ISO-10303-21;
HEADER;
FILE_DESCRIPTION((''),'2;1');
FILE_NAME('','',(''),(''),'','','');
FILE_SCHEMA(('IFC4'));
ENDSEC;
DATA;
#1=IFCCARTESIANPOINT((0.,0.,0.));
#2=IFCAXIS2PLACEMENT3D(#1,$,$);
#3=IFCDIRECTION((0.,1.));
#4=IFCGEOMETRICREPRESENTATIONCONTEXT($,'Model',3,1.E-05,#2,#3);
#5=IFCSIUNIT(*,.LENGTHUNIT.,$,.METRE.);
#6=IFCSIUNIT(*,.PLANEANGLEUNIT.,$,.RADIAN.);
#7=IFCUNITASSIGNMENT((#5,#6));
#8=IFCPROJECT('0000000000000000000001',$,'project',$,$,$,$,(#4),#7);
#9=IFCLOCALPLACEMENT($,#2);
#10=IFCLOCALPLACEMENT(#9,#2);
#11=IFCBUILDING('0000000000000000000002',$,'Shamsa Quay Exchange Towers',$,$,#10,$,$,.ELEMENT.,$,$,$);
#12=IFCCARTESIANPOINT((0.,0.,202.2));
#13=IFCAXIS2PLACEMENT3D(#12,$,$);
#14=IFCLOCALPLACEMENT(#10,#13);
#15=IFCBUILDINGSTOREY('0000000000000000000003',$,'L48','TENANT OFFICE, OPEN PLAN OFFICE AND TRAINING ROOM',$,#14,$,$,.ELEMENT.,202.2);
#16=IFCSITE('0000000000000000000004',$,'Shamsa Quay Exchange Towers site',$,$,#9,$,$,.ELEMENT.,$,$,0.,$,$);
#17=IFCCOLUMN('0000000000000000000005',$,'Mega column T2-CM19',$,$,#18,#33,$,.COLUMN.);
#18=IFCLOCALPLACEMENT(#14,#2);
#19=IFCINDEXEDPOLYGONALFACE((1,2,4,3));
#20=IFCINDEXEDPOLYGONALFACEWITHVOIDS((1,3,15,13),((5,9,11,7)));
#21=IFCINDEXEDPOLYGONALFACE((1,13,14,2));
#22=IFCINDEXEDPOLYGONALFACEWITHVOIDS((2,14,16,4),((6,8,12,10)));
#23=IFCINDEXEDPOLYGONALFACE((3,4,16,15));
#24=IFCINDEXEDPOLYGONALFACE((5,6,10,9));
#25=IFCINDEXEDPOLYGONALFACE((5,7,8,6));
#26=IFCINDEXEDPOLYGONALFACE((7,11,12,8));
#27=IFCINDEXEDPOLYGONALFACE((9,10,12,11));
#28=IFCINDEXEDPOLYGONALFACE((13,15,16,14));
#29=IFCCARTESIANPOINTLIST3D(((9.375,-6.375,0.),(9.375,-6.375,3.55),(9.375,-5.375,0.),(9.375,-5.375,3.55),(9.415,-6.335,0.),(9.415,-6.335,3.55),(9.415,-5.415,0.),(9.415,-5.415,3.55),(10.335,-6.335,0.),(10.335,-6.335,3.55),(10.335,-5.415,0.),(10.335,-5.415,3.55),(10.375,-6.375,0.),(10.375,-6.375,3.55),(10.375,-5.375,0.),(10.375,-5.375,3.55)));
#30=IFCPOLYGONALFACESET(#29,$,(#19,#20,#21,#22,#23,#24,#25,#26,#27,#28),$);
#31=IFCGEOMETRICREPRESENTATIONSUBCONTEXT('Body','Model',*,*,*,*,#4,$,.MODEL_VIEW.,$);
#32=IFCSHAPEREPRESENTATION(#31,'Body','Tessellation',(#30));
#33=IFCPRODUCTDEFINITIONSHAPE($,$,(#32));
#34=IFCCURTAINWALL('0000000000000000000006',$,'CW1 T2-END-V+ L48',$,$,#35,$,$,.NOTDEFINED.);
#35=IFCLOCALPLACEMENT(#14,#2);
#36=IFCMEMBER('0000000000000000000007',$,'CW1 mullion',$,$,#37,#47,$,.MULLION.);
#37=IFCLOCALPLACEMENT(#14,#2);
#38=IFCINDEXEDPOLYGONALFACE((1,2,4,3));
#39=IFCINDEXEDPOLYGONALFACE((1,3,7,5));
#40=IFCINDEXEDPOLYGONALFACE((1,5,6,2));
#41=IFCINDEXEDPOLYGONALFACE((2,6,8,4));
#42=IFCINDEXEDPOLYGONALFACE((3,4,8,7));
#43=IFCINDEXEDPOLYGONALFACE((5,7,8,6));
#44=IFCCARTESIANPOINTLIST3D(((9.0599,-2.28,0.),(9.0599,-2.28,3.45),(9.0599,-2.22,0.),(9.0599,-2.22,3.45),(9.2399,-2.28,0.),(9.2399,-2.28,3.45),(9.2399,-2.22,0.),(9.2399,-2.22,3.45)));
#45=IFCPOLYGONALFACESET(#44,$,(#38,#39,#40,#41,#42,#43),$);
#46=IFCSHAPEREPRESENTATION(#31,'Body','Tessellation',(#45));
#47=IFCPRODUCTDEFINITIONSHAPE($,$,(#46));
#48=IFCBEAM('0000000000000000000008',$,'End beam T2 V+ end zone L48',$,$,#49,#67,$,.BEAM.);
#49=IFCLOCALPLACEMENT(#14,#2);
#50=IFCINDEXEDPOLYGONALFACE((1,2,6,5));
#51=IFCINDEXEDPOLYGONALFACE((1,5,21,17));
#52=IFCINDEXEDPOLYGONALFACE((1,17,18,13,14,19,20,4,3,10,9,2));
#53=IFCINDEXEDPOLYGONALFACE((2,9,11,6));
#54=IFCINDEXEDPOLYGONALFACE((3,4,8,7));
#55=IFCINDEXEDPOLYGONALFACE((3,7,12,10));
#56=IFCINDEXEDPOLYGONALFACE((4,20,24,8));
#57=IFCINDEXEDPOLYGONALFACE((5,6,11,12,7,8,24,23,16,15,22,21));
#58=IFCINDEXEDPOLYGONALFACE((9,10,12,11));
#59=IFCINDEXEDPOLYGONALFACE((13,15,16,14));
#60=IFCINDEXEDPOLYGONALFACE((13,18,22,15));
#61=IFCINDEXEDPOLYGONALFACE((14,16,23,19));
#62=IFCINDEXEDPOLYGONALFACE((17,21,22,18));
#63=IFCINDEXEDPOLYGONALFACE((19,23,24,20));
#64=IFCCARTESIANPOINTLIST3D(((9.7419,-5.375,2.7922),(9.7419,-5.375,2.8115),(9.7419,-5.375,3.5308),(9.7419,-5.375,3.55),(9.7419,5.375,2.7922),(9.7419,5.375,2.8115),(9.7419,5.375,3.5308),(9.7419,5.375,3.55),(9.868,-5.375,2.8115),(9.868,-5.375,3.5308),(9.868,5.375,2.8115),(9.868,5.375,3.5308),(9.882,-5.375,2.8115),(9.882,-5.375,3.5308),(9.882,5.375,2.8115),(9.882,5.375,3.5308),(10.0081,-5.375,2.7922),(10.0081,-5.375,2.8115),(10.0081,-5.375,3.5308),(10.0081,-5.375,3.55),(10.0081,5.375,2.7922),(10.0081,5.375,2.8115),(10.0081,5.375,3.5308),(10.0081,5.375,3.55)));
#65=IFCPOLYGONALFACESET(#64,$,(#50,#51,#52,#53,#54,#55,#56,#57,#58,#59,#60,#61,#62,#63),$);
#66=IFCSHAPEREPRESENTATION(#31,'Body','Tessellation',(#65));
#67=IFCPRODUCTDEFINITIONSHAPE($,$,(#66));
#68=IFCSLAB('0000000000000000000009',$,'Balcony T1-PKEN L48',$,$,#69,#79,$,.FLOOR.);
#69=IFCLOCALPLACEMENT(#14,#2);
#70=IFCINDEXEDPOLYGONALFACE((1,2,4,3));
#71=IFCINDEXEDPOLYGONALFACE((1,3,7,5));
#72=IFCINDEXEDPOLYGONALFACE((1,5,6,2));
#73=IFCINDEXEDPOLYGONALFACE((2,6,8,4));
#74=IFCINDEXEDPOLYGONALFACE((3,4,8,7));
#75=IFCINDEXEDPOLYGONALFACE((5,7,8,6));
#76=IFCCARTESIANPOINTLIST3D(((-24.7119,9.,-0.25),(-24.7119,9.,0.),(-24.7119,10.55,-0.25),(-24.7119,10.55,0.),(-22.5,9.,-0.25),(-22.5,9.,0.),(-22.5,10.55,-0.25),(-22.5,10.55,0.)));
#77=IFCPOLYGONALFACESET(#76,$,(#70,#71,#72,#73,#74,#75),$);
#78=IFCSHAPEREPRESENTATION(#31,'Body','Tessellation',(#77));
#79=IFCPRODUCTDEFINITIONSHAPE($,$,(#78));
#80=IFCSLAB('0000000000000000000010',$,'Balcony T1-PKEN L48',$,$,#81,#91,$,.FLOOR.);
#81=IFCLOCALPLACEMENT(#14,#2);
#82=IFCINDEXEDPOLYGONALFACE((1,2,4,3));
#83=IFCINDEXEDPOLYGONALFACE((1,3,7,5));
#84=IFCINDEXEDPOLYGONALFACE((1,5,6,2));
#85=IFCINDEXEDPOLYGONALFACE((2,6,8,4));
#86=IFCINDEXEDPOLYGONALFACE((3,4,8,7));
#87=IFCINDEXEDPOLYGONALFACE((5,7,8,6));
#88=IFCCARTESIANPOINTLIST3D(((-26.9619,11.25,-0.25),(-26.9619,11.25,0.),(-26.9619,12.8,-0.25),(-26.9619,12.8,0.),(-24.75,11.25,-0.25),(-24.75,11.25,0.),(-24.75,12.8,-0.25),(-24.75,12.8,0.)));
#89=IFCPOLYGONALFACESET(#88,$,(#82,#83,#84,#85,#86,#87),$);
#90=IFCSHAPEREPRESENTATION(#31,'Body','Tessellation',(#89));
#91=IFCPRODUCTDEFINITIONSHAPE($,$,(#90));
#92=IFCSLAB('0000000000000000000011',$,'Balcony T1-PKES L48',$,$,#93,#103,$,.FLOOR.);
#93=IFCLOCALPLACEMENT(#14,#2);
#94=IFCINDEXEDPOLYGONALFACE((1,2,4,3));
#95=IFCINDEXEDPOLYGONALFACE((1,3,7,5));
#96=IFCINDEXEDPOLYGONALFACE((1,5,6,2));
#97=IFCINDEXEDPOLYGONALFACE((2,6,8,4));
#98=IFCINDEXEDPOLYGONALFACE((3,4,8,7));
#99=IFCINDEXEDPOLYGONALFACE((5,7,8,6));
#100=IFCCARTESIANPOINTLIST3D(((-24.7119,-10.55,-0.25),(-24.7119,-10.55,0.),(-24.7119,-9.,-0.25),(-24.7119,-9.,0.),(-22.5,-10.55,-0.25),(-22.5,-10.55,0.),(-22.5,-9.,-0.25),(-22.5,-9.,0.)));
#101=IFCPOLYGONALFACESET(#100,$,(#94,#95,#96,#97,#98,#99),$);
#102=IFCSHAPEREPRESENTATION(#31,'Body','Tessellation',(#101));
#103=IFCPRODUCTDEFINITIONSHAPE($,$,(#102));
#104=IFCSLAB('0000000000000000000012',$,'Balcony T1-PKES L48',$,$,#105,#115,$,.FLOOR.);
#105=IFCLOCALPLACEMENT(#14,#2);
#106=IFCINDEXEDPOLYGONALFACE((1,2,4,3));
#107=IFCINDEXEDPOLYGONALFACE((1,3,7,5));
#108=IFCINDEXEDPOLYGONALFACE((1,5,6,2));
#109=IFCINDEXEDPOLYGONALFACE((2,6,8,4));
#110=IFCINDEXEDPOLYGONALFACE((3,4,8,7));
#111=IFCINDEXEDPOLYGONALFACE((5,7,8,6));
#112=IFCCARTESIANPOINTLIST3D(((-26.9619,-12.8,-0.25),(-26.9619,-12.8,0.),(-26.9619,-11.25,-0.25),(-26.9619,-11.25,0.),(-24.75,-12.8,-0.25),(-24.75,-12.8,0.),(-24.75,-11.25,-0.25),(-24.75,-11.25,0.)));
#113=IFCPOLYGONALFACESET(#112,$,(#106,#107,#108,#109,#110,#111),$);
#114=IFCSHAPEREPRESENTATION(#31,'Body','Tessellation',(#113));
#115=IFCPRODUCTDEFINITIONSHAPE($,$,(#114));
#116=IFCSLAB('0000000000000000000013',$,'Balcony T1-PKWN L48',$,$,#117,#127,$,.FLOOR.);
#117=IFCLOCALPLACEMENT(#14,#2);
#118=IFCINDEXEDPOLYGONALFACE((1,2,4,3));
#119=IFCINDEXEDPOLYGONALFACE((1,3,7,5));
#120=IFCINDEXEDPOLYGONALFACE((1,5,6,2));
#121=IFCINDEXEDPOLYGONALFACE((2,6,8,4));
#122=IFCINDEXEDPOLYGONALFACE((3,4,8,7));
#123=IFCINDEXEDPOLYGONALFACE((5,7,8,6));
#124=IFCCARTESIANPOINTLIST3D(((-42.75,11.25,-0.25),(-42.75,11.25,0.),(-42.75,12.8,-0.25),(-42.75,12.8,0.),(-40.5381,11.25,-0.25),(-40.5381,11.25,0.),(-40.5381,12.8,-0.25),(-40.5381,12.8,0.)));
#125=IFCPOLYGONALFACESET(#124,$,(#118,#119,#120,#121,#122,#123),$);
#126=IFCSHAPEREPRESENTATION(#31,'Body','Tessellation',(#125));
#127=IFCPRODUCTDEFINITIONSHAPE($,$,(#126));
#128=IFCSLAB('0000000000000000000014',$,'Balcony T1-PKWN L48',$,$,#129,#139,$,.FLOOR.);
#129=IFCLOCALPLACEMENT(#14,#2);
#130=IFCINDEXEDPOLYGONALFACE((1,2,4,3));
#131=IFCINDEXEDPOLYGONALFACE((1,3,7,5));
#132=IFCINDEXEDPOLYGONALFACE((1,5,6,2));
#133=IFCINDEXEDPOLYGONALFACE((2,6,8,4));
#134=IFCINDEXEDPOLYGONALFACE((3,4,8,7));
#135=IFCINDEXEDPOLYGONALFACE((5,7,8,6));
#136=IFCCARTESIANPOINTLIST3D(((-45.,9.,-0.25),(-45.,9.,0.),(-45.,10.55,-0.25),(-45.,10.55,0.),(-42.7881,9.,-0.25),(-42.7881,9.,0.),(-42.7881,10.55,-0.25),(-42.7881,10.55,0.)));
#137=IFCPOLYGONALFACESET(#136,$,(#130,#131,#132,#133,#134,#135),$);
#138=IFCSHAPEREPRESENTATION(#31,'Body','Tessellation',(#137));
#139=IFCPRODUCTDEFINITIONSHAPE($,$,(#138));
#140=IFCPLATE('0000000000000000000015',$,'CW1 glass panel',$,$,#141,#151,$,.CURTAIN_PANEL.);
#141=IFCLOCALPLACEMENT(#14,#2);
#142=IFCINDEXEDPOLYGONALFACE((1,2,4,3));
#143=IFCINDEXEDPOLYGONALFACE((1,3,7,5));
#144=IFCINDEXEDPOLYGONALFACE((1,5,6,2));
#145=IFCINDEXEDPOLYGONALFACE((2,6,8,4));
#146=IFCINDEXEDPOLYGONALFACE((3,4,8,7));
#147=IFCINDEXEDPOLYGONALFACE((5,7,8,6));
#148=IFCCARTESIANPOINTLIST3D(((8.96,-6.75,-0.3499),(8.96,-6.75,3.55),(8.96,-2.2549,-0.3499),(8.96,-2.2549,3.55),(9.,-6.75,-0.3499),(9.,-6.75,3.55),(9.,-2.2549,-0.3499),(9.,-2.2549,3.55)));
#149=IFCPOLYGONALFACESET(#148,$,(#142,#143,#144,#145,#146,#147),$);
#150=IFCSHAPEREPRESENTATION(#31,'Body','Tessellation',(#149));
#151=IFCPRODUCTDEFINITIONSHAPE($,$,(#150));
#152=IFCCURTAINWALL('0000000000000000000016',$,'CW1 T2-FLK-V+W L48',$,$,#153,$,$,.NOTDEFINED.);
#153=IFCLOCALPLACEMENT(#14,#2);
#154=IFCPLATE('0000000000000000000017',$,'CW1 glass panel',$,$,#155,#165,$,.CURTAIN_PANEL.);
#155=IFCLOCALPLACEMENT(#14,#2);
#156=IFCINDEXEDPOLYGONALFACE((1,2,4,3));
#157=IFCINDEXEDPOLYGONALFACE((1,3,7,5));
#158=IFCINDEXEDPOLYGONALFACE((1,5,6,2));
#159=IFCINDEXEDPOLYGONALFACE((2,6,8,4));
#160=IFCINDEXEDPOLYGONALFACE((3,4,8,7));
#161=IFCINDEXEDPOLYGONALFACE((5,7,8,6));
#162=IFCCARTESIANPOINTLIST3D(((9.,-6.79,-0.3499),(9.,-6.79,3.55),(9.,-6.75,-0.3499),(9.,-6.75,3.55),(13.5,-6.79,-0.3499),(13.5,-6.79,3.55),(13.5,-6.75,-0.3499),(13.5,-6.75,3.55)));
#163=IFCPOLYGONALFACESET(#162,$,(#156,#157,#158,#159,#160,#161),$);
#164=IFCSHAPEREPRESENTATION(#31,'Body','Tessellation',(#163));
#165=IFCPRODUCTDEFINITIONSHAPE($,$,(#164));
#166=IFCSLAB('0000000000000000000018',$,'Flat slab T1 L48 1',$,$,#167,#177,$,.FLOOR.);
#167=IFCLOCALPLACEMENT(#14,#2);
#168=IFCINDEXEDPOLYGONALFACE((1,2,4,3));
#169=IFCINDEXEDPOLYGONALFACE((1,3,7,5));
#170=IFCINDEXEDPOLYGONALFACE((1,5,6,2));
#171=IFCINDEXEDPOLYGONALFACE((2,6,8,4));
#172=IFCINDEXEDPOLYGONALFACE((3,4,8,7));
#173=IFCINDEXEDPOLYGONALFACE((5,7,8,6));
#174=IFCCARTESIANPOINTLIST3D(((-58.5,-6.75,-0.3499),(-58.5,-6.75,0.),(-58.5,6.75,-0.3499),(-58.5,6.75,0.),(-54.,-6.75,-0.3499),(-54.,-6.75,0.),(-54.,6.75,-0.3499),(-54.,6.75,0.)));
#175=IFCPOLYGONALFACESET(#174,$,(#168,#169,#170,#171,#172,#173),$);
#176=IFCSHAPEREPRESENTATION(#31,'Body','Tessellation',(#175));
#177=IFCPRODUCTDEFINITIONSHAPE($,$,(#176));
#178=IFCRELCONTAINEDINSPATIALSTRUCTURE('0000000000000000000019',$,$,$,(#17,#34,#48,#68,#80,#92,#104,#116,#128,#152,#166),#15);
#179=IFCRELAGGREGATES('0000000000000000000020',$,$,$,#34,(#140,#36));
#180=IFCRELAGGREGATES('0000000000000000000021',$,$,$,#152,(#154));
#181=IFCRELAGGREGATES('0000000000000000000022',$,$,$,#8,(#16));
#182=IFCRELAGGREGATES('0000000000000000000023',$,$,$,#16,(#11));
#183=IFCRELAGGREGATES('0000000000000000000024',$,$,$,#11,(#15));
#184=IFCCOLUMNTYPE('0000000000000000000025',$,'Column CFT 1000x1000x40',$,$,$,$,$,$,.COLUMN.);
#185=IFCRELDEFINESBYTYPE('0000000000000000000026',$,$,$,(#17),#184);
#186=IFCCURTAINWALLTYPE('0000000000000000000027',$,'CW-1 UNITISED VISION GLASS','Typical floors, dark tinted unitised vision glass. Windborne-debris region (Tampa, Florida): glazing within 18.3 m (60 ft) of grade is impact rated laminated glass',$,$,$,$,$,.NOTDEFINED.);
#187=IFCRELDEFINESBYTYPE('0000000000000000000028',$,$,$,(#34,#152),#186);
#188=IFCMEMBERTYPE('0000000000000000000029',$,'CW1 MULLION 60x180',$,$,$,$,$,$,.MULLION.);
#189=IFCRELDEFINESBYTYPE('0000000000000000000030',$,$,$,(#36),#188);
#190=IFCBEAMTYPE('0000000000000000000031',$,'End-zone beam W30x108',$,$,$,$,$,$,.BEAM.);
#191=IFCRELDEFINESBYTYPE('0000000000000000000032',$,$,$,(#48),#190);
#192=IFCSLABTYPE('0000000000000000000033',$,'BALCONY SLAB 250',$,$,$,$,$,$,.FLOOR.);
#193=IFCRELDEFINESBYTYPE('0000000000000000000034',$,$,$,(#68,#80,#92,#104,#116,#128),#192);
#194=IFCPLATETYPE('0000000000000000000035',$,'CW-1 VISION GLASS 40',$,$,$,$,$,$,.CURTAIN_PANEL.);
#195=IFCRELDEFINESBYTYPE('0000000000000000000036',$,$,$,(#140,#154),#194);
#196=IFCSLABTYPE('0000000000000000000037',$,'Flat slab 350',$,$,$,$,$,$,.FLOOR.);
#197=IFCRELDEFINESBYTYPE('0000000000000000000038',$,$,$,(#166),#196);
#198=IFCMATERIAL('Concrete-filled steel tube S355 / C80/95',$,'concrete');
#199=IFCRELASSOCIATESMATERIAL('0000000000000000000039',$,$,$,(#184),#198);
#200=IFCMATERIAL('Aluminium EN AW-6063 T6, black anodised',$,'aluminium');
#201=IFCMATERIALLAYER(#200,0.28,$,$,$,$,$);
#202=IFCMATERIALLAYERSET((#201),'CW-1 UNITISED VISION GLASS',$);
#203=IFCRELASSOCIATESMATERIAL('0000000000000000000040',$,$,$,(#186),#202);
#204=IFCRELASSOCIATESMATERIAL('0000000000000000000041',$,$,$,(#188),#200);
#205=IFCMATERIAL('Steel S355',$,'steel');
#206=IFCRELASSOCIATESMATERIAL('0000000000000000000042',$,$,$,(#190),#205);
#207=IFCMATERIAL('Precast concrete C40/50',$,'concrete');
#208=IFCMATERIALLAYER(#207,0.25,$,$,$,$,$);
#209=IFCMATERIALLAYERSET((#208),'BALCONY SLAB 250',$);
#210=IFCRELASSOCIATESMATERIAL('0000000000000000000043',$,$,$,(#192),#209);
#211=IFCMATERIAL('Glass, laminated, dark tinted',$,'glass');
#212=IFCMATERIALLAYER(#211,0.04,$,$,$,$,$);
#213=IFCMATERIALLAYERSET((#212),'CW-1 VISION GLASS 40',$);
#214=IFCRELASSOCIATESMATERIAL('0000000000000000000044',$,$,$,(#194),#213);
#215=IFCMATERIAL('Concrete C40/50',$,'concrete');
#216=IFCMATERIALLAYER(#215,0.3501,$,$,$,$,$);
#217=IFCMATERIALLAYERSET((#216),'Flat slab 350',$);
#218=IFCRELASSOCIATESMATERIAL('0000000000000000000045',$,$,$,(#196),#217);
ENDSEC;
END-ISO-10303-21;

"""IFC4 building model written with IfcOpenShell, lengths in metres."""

from ifc_helpers import new_model, si_unit, direction, frame, origin, origin_2d, place, context, subcontext, project, spatial, polyline, rectangle, hollow_rectangle, i_section, outline, extrude, material, layer, layer_set, material_profile, profile_set, type_object, element, aggregate, save


model = new_model("IFC4")

# Units and contexts
model_context = context("Model", 3, precision=1e-05, world=origin(), true_north=direction((0.0, 1.0)))
body_context = subcontext(model_context, "Body", "Model", "MODEL_VIEW")
ifc_project = project(units=[si_unit("LENGTHUNIT", "METRE"), si_unit("PLANEANGLEUNIT", "RADIAN")], contexts=[model_context])

# Site, building, storey
site_placement = place(None, origin())
site = spatial("IfcSite", under=ifc_project, at=site_placement, Name="Shamsa Quay Exchange Towers site", CompositionType="ELEMENT", RefElevation=0.0)
building_placement = place(site_placement, origin())
building = spatial("IfcBuilding", under=site, at=building_placement, Name="Shamsa Quay Exchange Towers", CompositionType="ELEMENT")
storey_placement = place(building_placement, frame((0.0, 0.0, 202.2)))
storey = spatial("IfcBuildingStorey", under=building, at=storey_placement, Name="L48", Description="TENANT OFFICE, OPEN PLAN OFFICE AND TRAINING ROOM", CompositionType="ELEMENT", Elevation=202.2)

# Column
ifc_material_1 = material(Name="Concrete-filled steel tube S355 / C80/95", Category="concrete")
ifc_material_profile_1 = material_profile(ifc_material_1, hollow_rectangle(XDim=1.0, YDim=1.0, WallThickness=0.04, at=origin_2d()), Name="CFT 1000x1000x40")
ifc_profile_set_1 = profile_set([ifc_material_profile_1], Name="Concrete-filled steel tube S355 / C80/95")
column_type = type_object("IfcColumnType", Name="Column CFT 1000x1000x40", PredefinedType="COLUMN", material=ifc_profile_set_1)
column_placement = place(storey_placement, frame((9.875, -5.875, 0.0)))
element("IfcColumn", 1, at=column_placement, inside=storey, type_object=column_type, Name="Mega column T2-CM19", PredefinedType="COLUMN", context=body_context, shape_type="SweptSolid", body=[
    extrude(hollow_rectangle(XDim=1.0, YDim=1.0, WallThickness=0.04, at=origin_2d()), origin(), (0.0, 0.0, 1.0), 3.55),
])

# Curtain wall, member
ifc_material_2 = material(Name="Aluminium EN AW-6063 T6, black anodised", Category="aluminium")
ifc_layer_1 = layer(ifc_material_2, 0.28)
ifc_layer_set_1 = layer_set([ifc_layer_1], Name="CW-1 UNITISED VISION GLASS")
curtain_wall_type = type_object("IfcCurtainWallType", Name="CW-1 UNITISED VISION GLASS", Description="Typical floors, dark tinted unitised vision glass. Windborne-debris region (Tampa, Florida): glazing within 18.3 m (60 ft) of grade is impact rated laminated glass", PredefinedType="NOTDEFINED", material=ifc_layer_set_1)
curtain_wall_1_placement = place(storey_placement, origin())
curtain_wall_1 = element("IfcCurtainWall", 2, at=curtain_wall_1_placement, inside=storey, type_object=curtain_wall_type, Name="CW1 T2-END-V+ L48", PredefinedType="NOTDEFINED")
ifc_material_profile_2 = material_profile(ifc_material_2, rectangle(XDim=0.1799, YDim=0.0601, at=origin_2d()), Name="MU60x180")
ifc_profile_set_2 = profile_set([ifc_material_profile_2], Name="Aluminium EN AW-6063 T6, black anodised")
member_type = type_object("IfcMemberType", Name="CW1 MULLION 60x180", PredefinedType="MULLION", material=ifc_profile_set_2)
member_placement = place(storey_placement, frame((9.1499, -2.25, 0.0)))
member = element("IfcMember", 3, at=member_placement, type_object=member_type, Name="CW1 mullion", PredefinedType="MULLION", context=body_context, shape_type="SweptSolid", body=[
    extrude(rectangle(XDim=0.1799, YDim=0.0601, at=origin_2d()), origin(), (0.0, 0.0, 1.0), 3.45),
])

# Beam
ifc_material_3 = material(Name="Steel S355", Category="steel")
ifc_material_profile_3 = material_profile(ifc_material_3, i_section(OverallWidth=0.2661, OverallDepth=0.7578, WebThickness=0.0139, FlangeThickness=0.0193, at=origin_2d()), Name="W30x108")
ifc_profile_set_3 = profile_set([ifc_material_profile_3], Name="Steel S355")
beam_type = type_object("IfcBeamType", Name="End-zone beam W30x108", PredefinedType="BEAM", material=ifc_profile_set_3)
beam_placement = place(storey_placement, frame((9.875, -5.375, 3.1711), z_axis=(0.0, 1.0, 0.0), x_axis=(-1.0, 0.0, 0.0)))
element("IfcBeam", 4, at=beam_placement, inside=storey, type_object=beam_type, Name="End beam T2 V+ end zone L48", PredefinedType="BEAM", context=body_context, shape_type="SweptSolid", body=[
    extrude(i_section(OverallWidth=0.2661, OverallDepth=0.7578, WebThickness=0.0139, FlangeThickness=0.0193, at=origin_2d()), origin(), (0.0, 0.0, 1.0), 10.75),
])

# Slabs
ifc_material_4 = material(Name="Precast concrete C40/50", Category="concrete")
ifc_layer_2 = layer(ifc_material_4, 0.25)
ifc_layer_set_2 = layer_set([ifc_layer_2], Name="BALCONY SLAB 250")
slab_type_1 = type_object("IfcSlabType", Name="BALCONY SLAB 250", PredefinedType="FLOOR", material=ifc_layer_set_2)
slab_1_placement = place(storey_placement, frame((0.0, 0.0, -0.25)))
element("IfcSlab", 5, at=slab_1_placement, inside=storey, type_object=slab_type_1, Name="Balcony T1-PKEN L48", PredefinedType="FLOOR", context=body_context, shape_type="SweptSolid", body=[
    extrude(outline(polyline([(-22.5, 9.0), (-24.7119, 9.0), (-24.7119, 10.55), (-22.5, 10.55), (-22.5, 9.0)])), origin(), (0.0, 0.0, 1.0), 0.25),
])
slab_2_placement = place(storey_placement, frame((0.0, 0.0, -0.25)))
element("IfcSlab", 6, at=slab_2_placement, inside=storey, type_object=slab_type_1, Name="Balcony T1-PKEN L48", PredefinedType="FLOOR", context=body_context, shape_type="SweptSolid", body=[
    extrude(outline(polyline([(-24.75, 11.25), (-26.9619, 11.25), (-26.9619, 12.8), (-24.75, 12.8), (-24.75, 11.25)])), origin(), (0.0, 0.0, 1.0), 0.25),
])
slab_3_placement = place(storey_placement, frame((0.0, 0.0, -0.25)))
element("IfcSlab", 7, at=slab_3_placement, inside=storey, type_object=slab_type_1, Name="Balcony T1-PKES L48", PredefinedType="FLOOR", context=body_context, shape_type="SweptSolid", body=[
    extrude(outline(polyline([(-24.7119, -9.0), (-22.5, -9.0), (-22.5, -10.55), (-24.7119, -10.55), (-24.7119, -9.0)])), origin(), (0.0, 0.0, 1.0), 0.25),
])
slab_4_placement = place(storey_placement, frame((0.0, 0.0, -0.25)))
element("IfcSlab", 8, at=slab_4_placement, inside=storey, type_object=slab_type_1, Name="Balcony T1-PKES L48", PredefinedType="FLOOR", context=body_context, shape_type="SweptSolid", body=[
    extrude(outline(polyline([(-26.9619, -11.25), (-24.75, -11.25), (-24.75, -12.8), (-26.9619, -12.8), (-26.9619, -11.25)])), origin(), (0.0, 0.0, 1.0), 0.25),
])
slab_5_placement = place(storey_placement, frame((0.0, 0.0, -0.25)))
element("IfcSlab", 9, at=slab_5_placement, inside=storey, type_object=slab_type_1, Name="Balcony T1-PKWN L48", PredefinedType="FLOOR", context=body_context, shape_type="SweptSolid", body=[
    extrude(outline(polyline([(-40.5381, 11.25), (-42.75, 11.25), (-42.75, 12.8), (-40.5381, 12.8), (-40.5381, 11.25)])), origin(), (0.0, 0.0, 1.0), 0.25),
])
slab_6_placement = place(storey_placement, frame((0.0, 0.0, -0.25)))
element("IfcSlab", 10, at=slab_6_placement, inside=storey, type_object=slab_type_1, Name="Balcony T1-PKWN L48", PredefinedType="FLOOR", context=body_context, shape_type="SweptSolid", body=[
    extrude(outline(polyline([(-42.7881, 9.0), (-45.0, 9.0), (-45.0, 10.55), (-42.7881, 10.55), (-42.7881, 9.0)])), origin(), (0.0, 0.0, 1.0), 0.25),
])

# Plate
ifc_material_5 = material(Name="Glass, laminated, dark tinted", Category="glass")
ifc_layer_3 = layer(ifc_material_5, 0.04)
ifc_layer_set_3 = layer_set([ifc_layer_3], Name="CW-1 VISION GLASS 40")
plate_type = type_object("IfcPlateType", Name="CW-1 VISION GLASS 40", PredefinedType="CURTAIN_PANEL", material=ifc_layer_set_3)
plate_1_placement = place(storey_placement, frame((8.98, -4.5024, -0.3499), z_axis=(0.0, 0.0, 1.0), x_axis=(0.0, -1.0, 0.0)))
plate_1 = element("IfcPlate", 11, at=plate_1_placement, type_object=plate_type, Name="CW1 glass panel", PredefinedType="CURTAIN_PANEL", context=body_context, shape_type="SweptSolid", body=[
    extrude(rectangle(XDim=4.4951, YDim=0.04, at=origin_2d()), origin(), (0.0, 0.0, 1.0), 3.8999),
])
aggregate(curtain_wall_1, [plate_1, member])

# Curtain wall, plate
curtain_wall_2_placement = place(storey_placement, origin())
curtain_wall_2 = element("IfcCurtainWall", 12, at=curtain_wall_2_placement, inside=storey, type_object=curtain_wall_type, Name="CW1 T2-FLK-V+W L48", PredefinedType="NOTDEFINED")
plate_2_placement = place(storey_placement, frame((11.25, -6.77, -0.3499)))
plate_2 = element("IfcPlate", 13, at=plate_2_placement, type_object=plate_type, Name="CW1 glass panel", PredefinedType="CURTAIN_PANEL", context=body_context, shape_type="SweptSolid", body=[
    extrude(rectangle(XDim=4.5, YDim=0.04, at=origin_2d()), origin(), (0.0, 0.0, 1.0), 3.8999),
])
aggregate(curtain_wall_2, [plate_2])

# Slab
ifc_material_6 = material(Name="Concrete C40/50", Category="concrete")
ifc_layer_4 = layer(ifc_material_6, 0.3501)
ifc_layer_set_4 = layer_set([ifc_layer_4], Name="Flat slab 350")
slab_type_2 = type_object("IfcSlabType", Name="Flat slab 350", PredefinedType="FLOOR", material=ifc_layer_set_4)
slab_7_placement = place(storey_placement, frame((0.0, 0.0, -0.3499)))
element("IfcSlab", 14, at=slab_7_placement, inside=storey, type_object=slab_type_2, Name="Flat slab T1 L48 1", PredefinedType="FLOOR", context=body_context, shape_type="SweptSolid", body=[
    extrude(outline(polyline([(-58.5, -6.75), (-54.0, -6.75), (-54.0, 6.75), (-58.5, 6.75), (-58.5, -6.75)])), origin(), (0.0, 0.0, 1.0), 0.3499),
])

save(model, "model.ifc")
